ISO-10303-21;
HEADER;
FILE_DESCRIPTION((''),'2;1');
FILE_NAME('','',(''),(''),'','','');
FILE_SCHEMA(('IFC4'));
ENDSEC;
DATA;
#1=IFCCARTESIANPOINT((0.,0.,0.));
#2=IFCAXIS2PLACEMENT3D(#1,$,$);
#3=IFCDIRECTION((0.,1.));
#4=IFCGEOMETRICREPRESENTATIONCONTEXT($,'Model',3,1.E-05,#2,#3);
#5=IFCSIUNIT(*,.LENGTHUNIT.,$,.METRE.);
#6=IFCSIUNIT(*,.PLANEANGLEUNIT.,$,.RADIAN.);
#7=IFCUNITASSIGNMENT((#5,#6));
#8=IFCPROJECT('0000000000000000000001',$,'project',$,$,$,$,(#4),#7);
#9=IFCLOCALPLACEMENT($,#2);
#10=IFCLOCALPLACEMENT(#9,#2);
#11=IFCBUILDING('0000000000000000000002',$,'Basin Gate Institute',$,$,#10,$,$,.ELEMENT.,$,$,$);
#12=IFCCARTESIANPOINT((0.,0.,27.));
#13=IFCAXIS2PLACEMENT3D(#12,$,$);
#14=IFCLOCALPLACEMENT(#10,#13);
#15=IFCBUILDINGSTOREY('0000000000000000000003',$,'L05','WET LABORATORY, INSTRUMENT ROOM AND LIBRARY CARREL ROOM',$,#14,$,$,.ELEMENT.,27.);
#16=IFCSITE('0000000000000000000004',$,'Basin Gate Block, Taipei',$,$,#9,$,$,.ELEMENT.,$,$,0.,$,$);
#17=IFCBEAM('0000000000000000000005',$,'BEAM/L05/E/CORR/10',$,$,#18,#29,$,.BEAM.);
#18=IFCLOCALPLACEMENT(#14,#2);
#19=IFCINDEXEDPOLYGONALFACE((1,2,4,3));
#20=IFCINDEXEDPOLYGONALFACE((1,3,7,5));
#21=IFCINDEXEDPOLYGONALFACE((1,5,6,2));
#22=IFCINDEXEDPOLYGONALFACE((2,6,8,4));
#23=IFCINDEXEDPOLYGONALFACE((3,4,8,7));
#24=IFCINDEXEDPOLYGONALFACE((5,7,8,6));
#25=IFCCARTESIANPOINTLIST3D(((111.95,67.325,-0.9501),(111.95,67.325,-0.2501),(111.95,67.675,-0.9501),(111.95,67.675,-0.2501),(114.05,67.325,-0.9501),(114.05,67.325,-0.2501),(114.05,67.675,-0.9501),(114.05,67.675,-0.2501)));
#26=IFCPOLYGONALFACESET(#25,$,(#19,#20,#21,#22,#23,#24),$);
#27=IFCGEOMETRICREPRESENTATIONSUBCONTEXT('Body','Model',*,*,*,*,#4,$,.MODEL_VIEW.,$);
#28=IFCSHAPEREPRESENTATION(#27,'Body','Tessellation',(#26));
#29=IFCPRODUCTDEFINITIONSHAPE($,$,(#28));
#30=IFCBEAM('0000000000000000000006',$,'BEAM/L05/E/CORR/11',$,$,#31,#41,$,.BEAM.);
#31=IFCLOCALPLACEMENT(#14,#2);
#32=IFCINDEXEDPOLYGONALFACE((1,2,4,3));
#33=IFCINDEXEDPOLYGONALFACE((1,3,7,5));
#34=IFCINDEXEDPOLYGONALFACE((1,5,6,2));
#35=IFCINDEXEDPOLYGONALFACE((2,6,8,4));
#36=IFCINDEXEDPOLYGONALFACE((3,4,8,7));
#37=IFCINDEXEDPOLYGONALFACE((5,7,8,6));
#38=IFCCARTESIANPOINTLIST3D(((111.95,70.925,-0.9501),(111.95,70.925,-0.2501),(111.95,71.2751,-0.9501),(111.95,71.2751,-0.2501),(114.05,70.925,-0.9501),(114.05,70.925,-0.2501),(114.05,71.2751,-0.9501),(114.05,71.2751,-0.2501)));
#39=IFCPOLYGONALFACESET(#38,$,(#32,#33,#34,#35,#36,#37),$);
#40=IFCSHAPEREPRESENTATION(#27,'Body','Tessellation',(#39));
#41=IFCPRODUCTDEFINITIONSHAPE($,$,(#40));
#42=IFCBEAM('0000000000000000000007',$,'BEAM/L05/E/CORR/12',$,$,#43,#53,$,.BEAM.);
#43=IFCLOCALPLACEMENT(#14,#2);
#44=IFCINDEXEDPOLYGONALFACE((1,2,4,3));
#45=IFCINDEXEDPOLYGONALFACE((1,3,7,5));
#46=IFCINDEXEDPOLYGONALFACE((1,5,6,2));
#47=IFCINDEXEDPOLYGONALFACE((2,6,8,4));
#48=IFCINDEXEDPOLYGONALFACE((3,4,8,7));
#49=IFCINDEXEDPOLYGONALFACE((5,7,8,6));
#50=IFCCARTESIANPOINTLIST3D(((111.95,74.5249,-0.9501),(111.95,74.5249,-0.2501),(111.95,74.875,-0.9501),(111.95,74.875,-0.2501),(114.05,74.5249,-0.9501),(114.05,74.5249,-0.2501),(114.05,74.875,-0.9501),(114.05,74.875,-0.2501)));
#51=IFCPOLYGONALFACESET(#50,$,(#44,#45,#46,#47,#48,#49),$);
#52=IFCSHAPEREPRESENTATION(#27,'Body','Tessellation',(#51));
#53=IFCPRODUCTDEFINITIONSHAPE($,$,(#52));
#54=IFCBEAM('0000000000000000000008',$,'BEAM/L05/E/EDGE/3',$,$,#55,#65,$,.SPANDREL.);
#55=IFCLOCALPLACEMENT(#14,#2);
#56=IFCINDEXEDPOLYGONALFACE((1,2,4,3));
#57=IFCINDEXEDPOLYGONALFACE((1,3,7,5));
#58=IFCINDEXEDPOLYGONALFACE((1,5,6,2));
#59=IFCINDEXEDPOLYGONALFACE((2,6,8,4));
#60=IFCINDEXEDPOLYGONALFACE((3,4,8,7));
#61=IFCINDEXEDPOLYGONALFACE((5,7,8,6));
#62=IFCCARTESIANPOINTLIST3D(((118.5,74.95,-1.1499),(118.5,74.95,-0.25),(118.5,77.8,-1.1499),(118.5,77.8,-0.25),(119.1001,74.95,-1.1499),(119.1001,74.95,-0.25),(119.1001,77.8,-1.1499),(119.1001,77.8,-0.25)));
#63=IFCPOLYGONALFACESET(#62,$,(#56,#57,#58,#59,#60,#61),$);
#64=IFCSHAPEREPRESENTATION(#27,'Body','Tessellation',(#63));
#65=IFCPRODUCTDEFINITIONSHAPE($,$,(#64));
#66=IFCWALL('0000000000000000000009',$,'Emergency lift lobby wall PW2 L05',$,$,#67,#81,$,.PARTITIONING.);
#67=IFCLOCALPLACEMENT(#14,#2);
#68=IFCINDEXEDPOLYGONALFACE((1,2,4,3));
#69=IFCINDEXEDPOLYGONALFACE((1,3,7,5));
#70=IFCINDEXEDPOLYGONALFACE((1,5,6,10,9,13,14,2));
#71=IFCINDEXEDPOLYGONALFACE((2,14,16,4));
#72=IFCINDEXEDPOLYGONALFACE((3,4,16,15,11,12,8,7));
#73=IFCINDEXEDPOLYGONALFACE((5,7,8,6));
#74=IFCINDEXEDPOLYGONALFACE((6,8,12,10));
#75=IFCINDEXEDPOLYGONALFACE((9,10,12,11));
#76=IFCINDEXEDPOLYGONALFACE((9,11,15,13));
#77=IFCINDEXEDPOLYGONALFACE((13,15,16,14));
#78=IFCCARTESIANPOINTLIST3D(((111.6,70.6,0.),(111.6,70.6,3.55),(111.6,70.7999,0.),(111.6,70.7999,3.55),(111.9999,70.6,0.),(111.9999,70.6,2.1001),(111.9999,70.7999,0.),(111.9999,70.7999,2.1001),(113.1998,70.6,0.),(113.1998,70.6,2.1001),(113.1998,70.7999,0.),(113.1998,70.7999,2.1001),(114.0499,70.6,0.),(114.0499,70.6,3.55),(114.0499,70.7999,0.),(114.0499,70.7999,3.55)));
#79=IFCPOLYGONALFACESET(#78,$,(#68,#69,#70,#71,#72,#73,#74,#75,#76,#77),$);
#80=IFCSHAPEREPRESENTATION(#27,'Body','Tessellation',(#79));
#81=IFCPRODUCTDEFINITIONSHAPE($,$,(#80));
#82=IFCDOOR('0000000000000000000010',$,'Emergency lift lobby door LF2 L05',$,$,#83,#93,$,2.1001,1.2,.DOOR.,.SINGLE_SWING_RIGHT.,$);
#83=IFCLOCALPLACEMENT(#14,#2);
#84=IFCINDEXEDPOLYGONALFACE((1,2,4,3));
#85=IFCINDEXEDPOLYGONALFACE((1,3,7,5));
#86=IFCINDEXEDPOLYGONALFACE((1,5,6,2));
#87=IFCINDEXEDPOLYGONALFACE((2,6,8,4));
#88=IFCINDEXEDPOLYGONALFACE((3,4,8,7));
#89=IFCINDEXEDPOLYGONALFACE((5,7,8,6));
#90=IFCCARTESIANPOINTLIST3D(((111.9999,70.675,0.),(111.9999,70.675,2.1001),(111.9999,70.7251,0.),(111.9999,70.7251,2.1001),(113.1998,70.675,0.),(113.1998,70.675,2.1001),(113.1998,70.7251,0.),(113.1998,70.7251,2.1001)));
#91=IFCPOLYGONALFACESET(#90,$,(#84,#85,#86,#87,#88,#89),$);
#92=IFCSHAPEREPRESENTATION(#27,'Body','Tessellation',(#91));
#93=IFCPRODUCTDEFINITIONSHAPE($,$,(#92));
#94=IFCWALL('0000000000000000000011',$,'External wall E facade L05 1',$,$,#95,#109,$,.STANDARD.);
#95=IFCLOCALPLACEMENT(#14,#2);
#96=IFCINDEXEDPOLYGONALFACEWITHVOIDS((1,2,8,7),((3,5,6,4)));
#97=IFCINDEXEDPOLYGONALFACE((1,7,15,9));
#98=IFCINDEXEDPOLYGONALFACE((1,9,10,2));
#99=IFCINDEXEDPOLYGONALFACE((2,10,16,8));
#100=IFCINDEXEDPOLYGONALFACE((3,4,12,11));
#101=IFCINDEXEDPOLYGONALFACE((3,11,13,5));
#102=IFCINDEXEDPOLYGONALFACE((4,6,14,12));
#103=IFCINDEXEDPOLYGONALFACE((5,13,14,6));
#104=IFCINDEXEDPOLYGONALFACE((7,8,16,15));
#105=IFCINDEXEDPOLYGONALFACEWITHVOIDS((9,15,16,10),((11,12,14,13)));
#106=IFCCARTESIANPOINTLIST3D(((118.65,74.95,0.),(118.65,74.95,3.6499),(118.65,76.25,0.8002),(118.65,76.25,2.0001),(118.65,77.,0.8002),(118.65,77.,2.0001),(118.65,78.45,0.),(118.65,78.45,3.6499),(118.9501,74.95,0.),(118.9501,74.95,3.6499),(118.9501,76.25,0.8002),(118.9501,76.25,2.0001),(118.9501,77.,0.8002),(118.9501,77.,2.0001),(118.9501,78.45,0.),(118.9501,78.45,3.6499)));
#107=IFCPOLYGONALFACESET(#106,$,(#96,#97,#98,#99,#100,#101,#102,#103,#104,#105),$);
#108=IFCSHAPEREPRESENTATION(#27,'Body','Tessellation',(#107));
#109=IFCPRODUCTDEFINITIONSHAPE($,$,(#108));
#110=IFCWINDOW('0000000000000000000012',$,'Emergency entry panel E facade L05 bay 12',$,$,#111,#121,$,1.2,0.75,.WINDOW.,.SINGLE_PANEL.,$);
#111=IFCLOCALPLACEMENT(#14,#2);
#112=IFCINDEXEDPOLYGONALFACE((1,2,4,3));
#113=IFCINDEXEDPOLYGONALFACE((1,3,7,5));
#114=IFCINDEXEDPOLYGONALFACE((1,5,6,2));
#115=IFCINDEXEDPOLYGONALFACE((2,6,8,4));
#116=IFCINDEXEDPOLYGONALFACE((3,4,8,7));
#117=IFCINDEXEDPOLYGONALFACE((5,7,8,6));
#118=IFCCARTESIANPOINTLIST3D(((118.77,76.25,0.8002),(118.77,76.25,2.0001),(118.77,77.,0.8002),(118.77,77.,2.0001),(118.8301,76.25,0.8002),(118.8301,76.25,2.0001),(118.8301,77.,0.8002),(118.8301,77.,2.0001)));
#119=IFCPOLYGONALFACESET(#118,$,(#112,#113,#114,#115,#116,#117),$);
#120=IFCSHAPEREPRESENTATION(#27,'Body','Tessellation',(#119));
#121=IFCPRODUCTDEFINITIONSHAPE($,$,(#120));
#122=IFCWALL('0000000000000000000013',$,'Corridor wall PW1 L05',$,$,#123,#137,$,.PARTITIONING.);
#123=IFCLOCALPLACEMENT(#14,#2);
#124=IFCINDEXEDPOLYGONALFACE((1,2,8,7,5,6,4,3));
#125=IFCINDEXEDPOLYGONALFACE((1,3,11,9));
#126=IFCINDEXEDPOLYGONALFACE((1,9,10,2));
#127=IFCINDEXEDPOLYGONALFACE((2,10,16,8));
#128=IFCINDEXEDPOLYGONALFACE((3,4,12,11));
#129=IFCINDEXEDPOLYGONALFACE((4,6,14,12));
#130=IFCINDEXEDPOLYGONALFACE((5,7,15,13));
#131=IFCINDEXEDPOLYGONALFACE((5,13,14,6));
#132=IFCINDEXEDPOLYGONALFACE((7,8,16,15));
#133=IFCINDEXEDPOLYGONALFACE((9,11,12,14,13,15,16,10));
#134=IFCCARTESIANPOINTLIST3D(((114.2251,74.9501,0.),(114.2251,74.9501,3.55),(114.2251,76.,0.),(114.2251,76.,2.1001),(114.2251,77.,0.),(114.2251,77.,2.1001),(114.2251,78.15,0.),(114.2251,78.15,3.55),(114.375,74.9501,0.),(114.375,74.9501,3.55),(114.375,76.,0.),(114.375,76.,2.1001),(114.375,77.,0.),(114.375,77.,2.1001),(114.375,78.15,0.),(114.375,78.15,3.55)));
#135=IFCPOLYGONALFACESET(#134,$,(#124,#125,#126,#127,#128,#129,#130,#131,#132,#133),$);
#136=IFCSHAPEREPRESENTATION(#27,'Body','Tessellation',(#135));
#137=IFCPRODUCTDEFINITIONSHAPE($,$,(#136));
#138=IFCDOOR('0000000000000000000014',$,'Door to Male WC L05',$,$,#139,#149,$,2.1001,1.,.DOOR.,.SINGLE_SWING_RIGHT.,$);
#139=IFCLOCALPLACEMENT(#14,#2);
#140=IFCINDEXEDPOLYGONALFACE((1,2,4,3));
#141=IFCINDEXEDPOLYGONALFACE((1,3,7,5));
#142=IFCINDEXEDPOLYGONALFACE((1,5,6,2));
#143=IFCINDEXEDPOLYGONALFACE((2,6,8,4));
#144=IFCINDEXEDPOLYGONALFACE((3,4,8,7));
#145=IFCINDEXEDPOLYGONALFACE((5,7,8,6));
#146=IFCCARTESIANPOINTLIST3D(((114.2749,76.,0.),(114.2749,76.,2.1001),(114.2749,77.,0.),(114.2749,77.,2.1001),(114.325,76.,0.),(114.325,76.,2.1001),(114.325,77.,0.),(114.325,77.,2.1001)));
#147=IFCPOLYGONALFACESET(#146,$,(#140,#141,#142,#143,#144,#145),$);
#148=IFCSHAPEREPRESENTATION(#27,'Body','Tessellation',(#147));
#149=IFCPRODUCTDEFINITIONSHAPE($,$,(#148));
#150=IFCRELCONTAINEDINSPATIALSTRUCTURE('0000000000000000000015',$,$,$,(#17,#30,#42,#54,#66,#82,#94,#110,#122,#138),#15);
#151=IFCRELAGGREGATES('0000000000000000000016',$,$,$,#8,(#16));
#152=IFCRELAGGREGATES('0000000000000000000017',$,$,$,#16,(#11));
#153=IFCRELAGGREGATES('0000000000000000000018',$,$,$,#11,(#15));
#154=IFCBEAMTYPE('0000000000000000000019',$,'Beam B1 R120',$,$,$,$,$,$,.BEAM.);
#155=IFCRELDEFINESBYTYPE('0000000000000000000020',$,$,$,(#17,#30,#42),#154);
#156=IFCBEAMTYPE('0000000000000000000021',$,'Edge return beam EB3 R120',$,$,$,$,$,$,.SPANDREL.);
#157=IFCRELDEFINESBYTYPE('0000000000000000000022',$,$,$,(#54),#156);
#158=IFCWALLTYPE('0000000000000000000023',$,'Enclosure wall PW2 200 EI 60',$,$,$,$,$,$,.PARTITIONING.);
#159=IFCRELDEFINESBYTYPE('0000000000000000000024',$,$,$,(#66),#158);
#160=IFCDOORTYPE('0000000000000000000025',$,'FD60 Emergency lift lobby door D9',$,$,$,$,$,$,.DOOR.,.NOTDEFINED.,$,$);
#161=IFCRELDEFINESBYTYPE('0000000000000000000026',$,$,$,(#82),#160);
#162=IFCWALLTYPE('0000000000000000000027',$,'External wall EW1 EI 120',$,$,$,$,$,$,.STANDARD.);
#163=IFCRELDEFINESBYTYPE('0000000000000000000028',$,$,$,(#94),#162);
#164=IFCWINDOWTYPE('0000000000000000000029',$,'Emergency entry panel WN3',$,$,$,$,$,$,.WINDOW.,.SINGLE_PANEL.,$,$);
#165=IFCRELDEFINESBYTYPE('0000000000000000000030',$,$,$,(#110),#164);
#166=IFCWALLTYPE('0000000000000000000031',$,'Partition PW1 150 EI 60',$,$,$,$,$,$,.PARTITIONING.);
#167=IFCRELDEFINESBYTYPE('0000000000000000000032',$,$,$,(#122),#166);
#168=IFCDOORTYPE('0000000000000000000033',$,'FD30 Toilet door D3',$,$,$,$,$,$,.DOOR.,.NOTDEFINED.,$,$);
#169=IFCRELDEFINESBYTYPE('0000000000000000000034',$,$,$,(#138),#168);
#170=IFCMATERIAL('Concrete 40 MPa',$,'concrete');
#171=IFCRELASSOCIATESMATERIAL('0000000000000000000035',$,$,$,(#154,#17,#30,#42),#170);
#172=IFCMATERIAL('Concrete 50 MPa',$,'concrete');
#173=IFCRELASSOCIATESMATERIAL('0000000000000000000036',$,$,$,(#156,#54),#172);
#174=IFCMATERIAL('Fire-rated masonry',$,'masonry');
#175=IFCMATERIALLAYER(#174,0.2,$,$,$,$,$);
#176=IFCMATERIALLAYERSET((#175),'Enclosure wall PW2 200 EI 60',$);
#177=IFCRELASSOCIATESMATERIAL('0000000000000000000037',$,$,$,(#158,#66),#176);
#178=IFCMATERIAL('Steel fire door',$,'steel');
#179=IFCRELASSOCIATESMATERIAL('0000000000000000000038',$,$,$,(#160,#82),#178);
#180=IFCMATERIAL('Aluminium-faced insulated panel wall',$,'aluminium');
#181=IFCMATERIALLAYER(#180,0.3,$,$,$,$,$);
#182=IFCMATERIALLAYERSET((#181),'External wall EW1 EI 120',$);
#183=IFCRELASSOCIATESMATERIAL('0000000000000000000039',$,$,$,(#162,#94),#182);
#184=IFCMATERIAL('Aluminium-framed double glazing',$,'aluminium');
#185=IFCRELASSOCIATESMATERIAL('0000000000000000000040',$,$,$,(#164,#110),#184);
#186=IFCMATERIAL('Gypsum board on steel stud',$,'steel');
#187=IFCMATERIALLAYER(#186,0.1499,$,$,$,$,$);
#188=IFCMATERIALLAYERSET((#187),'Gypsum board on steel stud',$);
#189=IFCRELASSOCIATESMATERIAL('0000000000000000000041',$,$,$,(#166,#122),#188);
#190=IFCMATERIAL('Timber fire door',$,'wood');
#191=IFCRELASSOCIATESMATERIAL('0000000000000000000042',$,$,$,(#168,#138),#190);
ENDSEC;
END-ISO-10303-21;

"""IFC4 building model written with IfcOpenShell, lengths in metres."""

from ifc_helpers import new_model, si_unit, direction, frame, frame_2d, origin, origin_2d, place, context, subcontext, project, spatial, rectangle, extrude, material, layer, layer_set, material_profile, profile_set, type_object, element, fill, save


model = new_model("IFC4")

# Units and contexts
model_context = context("Model", 3, precision=1e-05, world=origin(), true_north=direction((0.0, 1.0)))
body_context = subcontext(model_context, "Body", "Model", "MODEL_VIEW")
ifc_project = project(units=[si_unit("LENGTHUNIT", "METRE"), si_unit("PLANEANGLEUNIT", "RADIAN")], contexts=[model_context])

# Site, building, storey
site_placement = place(None, origin())
site = spatial("IfcSite", under=ifc_project, at=site_placement, Name="Basin Gate Block, Taipei", CompositionType="ELEMENT", RefElevation=0.0)
building_placement = place(site_placement, origin())
building = spatial("IfcBuilding", under=site, at=building_placement, Name="Basin Gate Institute", CompositionType="ELEMENT")
storey_placement = place(building_placement, frame((0.0, 0.0, 27.0)))
storey = spatial("IfcBuildingStorey", under=building, at=storey_placement, Name="L05", Description="WET LABORATORY, INSTRUMENT ROOM AND LIBRARY CARREL ROOM", CompositionType="ELEMENT", Elevation=27.0)

# Beams
ifc_material_1 = material(Name="Concrete 40 MPa", Category="concrete")
ifc_material_profile_1 = material_profile(ifc_material_1, rectangle(XDim=0.3501, YDim=0.7, at=origin_2d()), Name="Beam B1 350 x 700")
ifc_profile_set_1 = profile_set([ifc_material_profile_1], Name="Concrete 40 MPa")
beam_type_1 = type_object("IfcBeamType", Name="Beam B1 R120", PredefinedType="BEAM", material=ifc_profile_set_1)
for number, where, z_axis, x_axis, name in (
    (1, (114.05, 67.5, -0.6001), (-1.0, 0.0, 0.0), (0.0, -1.0, 0.0), "BEAM/L05/E/CORR/10"),
    (2, (114.05, 71.1001, -0.6001), (-1.0, 0.0, 0.0), (0.0, -1.0, 0.0), "BEAM/L05/E/CORR/11"),
    (3, (114.05, 74.7, -0.6001), (-1.0, 0.0, 0.0), (0.0, -1.0, 0.0), "BEAM/L05/E/CORR/12"),
):
    element("IfcBeam", number, at=place(storey_placement, frame(where, z_axis=z_axis, x_axis=x_axis)), inside=storey, type_object=beam_type_1, material=ifc_profile_set_1, Name=name, PredefinedType="BEAM", context=body_context, shape_type="SweptSolid", body=[
        extrude(rectangle(XDim=0.3501, YDim=0.7, at=origin_2d()), origin(), (0.0, 0.0, 1.0), 2.1001),
    ])
ifc_material_2 = material(Name="Concrete 50 MPa", Category="concrete")
ifc_material_profile_2 = material_profile(ifc_material_2, rectangle(XDim=0.6001, YDim=0.8999, at=origin_2d()), Name="Edge return beam EB3 600 x 900")
ifc_profile_set_2 = profile_set([ifc_material_profile_2], Name="Concrete 50 MPa")
beam_type_2 = type_object("IfcBeamType", Name="Edge return beam EB3 R120", PredefinedType="SPANDREL", material=ifc_profile_set_2)
beam_placement = place(storey_placement, frame((118.8, 74.95, -0.7), z_axis=(0.0, 1.0, 0.0), x_axis=(-1.0, 0.0, 0.0)))
element("IfcBeam", 4, at=beam_placement, inside=storey, type_object=beam_type_2, material=ifc_profile_set_2, Name="BEAM/L05/E/EDGE/3", PredefinedType="SPANDREL", context=body_context, shape_type="SweptSolid", body=[
    extrude(rectangle(XDim=0.6001, YDim=0.8999, at=origin_2d()), origin(), (0.0, 0.0, 1.0), 2.8501),
])

# Wall, opening, door
ifc_material_3 = material(Name="Fire-rated masonry", Category="masonry")
ifc_layer_1 = layer(ifc_material_3, 0.2)
ifc_layer_set_1 = layer_set([ifc_layer_1], Name="Enclosure wall PW2 200 EI 60")
wall_type_1 = type_object("IfcWallType", Name="Enclosure wall PW2 200 EI 60", PredefinedType="PARTITIONING", material=ifc_layer_set_1)
wall_1_placement = place(storey_placement, frame((114.05, 70.7, 0.0), z_axis=(0.0, 0.0, 1.0), x_axis=(-1.0, 0.0, 0.0)))
wall_1 = element("IfcWall", 5, at=wall_1_placement, inside=storey, type_object=wall_type_1, material=ifc_layer_set_1, Name="Emergency lift lobby wall PW2 L05", PredefinedType="PARTITIONING", context=body_context, shape_type="SweptSolid", body=[
    extrude(rectangle(XDim=2.45, YDim=0.2, at=frame_2d((1.2251, 0.0))), origin(), (0.0, 0.0, 1.0), 3.55),
])
opening_1_placement = place(wall_1_placement, frame((0.8501, 0.0, 0.0)))
opening_1 = element("IfcOpeningElement", 6, at=opening_1_placement, cuts=wall_1, PredefinedType="OPENING", context=body_context, shape_type="SweptSolid", body=[
    extrude(rectangle(XDim=1.2, YDim=2.1001, at=frame_2d((0.6001, 1.05))), frame((0.0, 0.1099, 0.0), z_axis=(0.0, -1.0, 0.0), x_axis=(1.0, 0.0, 0.0)), (0.0, 0.0, 1.0), 0.22),
])
ifc_material_4 = material(Name="Steel fire door", Category="steel")
door_type_1 = type_object("IfcDoorType", Name="FD60 Emergency lift lobby door D9", OperationType="NOTDEFINED", PredefinedType="DOOR", material=ifc_material_4)
door_1_placement = place(opening_1_placement, origin())
door_1 = element("IfcDoor", 7, at=door_1_placement, inside=storey, type_object=door_type_1, material=ifc_material_4, Name="Emergency lift lobby door LF2 L05", OperationType="SINGLE_SWING_RIGHT", OverallHeight=2.1001, OverallWidth=1.2, PredefinedType="DOOR", context=body_context, shape_type="SweptSolid", body=[
    extrude(rectangle(XDim=1.2, YDim=2.1001, at=frame_2d((0.6001, 1.05))), frame((0.0, 0.0249, 0.0), z_axis=(0.0, -1.0, 0.0), x_axis=(1.0, 0.0, 0.0)), (0.0, 0.0, 1.0), 0.05),
])
fill(opening_1, door_1)

# Wall, opening, window
ifc_material_5 = material(Name="Aluminium-faced insulated panel wall", Category="aluminium")
ifc_layer_2 = layer(ifc_material_5, 0.3)
ifc_layer_set_2 = layer_set([ifc_layer_2], Name="External wall EW1 EI 120")
wall_type_2 = type_object("IfcWallType", Name="External wall EW1 EI 120", PredefinedType="STANDARD", material=ifc_layer_set_2)
wall_2_placement = place(storey_placement, frame((118.8, 74.95, 0.0), z_axis=(0.0, 0.0, 1.0), x_axis=(0.0, 1.0, 0.0)))
wall_2 = element("IfcWall", 8, at=wall_2_placement, inside=storey, type_object=wall_type_2, material=ifc_layer_set_2, Name="External wall E facade L05 1", PredefinedType="STANDARD", context=body_context, shape_type="SweptSolid", body=[
    extrude(rectangle(XDim=3.5, YDim=0.3, at=frame_2d((1.75, 0.0))), origin(), (0.0, 0.0, 1.0), 3.6499),
])
opening_2_placement = place(wall_2_placement, frame((1.3, 0.0, 0.8)))
opening_2 = element("IfcOpeningElement", 9, at=opening_2_placement, cuts=wall_2, PredefinedType="OPENING", context=body_context, shape_type="SweptSolid", body=[
    extrude(rectangle(XDim=0.75, YDim=1.2, at=frame_2d((0.375, 0.6001))), frame((0.0, 0.1602, 0.0), z_axis=(0.0, -1.0, 0.0), x_axis=(1.0, 0.0, 0.0)), (0.0, 0.0, 1.0), 0.3201),
])
ifc_material_6 = material(Name="Aluminium-framed double glazing", Category="aluminium")
window_type_1 = type_object("IfcWindowType", Name="Emergency entry panel WN3", PartitioningType="SINGLE_PANEL", PredefinedType="WINDOW", material=ifc_material_6)
window_1_placement = place(opening_2_placement, origin())
window_1 = element("IfcWindow", 10, at=window_1_placement, inside=storey, type_object=window_type_1, material=ifc_material_6, Name="Emergency entry panel E facade L05 bay 12", OverallHeight=1.2, OverallWidth=0.75, PartitioningType="SINGLE_PANEL", PredefinedType="WINDOW", context=body_context, shape_type="SweptSolid", body=[
    extrude(rectangle(XDim=0.75, YDim=1.2, at=frame_2d((0.375, 0.6001))), frame((0.0, 0.03, 0.0), z_axis=(0.0, -1.0, 0.0), x_axis=(1.0, 0.0, 0.0)), (0.0, 0.0, 1.0), 0.0601),
])
fill(opening_2, window_1)

# Wall, opening, door
ifc_material_7 = material(Name="Gypsum board on steel stud", Category="steel")
ifc_layer_3 = layer(ifc_material_7, 0.1499)
ifc_layer_set_3 = layer_set([ifc_layer_3], Name="Gypsum board on steel stud")
wall_type_3 = type_object("IfcWallType", Name="Partition PW1 150 EI 60", PredefinedType="PARTITIONING", material=ifc_layer_set_3)
wall_3_placement = place(storey_placement, frame((114.3, 74.95, 0.0), z_axis=(0.0, 0.0, 1.0), x_axis=(0.0, 1.0, 0.0)))
wall_3 = element("IfcWall", 11, at=wall_3_placement, inside=storey, type_object=wall_type_3, material=ifc_layer_set_3, Name="Corridor wall PW1 L05", PredefinedType="PARTITIONING", context=body_context, shape_type="SweptSolid", body=[
    extrude(rectangle(XDim=3.2, YDim=0.1499, at=frame_2d((1.6001, 0.0))), origin(), (0.0, 0.0, 1.0), 3.55),
])
opening_3_placement = place(wall_3_placement, frame((1.05, 0.0, 0.0)))
opening_3 = element("IfcOpeningElement", 12, at=opening_3_placement, cuts=wall_3, PredefinedType="OPENING", context=body_context, shape_type="SweptSolid", body=[
    extrude(rectangle(XDim=1.0, YDim=2.1001, at=frame_2d((0.5, 1.05))), frame((0.0, 0.085, 0.0), z_axis=(0.0, -1.0, 0.0), x_axis=(1.0, 0.0, 0.0)), (0.0, 0.0, 1.0), 0.1699),
])
ifc_material_8 = material(Name="Timber fire door", Category="wood")
door_type_2 = type_object("IfcDoorType", Name="FD30 Toilet door D3", OperationType="NOTDEFINED", PredefinedType="DOOR", material=ifc_material_8)
door_2_placement = place(opening_3_placement, frame((1.0, 0.0, 0.0), z_axis=(0.0, 0.0, 1.0), x_axis=(-1.0, 0.0, 0.0)))
door_2 = element("IfcDoor", 13, at=door_2_placement, inside=storey, type_object=door_type_2, material=ifc_material_8, Name="Door to Male WC L05", OperationType="SINGLE_SWING_RIGHT", OverallHeight=2.1001, OverallWidth=1.0, PredefinedType="DOOR", context=body_context, shape_type="SweptSolid", body=[
    extrude(rectangle(XDim=1.0, YDim=2.1001, at=frame_2d((0.5, 1.05))), frame((0.0, 0.0249, 0.0), z_axis=(0.0, -1.0, 0.0), x_axis=(1.0, 0.0, 0.0)), (0.0, 0.0, 1.0), 0.05),
])
fill(opening_3, door_2)

save(model, "model.ifc")
